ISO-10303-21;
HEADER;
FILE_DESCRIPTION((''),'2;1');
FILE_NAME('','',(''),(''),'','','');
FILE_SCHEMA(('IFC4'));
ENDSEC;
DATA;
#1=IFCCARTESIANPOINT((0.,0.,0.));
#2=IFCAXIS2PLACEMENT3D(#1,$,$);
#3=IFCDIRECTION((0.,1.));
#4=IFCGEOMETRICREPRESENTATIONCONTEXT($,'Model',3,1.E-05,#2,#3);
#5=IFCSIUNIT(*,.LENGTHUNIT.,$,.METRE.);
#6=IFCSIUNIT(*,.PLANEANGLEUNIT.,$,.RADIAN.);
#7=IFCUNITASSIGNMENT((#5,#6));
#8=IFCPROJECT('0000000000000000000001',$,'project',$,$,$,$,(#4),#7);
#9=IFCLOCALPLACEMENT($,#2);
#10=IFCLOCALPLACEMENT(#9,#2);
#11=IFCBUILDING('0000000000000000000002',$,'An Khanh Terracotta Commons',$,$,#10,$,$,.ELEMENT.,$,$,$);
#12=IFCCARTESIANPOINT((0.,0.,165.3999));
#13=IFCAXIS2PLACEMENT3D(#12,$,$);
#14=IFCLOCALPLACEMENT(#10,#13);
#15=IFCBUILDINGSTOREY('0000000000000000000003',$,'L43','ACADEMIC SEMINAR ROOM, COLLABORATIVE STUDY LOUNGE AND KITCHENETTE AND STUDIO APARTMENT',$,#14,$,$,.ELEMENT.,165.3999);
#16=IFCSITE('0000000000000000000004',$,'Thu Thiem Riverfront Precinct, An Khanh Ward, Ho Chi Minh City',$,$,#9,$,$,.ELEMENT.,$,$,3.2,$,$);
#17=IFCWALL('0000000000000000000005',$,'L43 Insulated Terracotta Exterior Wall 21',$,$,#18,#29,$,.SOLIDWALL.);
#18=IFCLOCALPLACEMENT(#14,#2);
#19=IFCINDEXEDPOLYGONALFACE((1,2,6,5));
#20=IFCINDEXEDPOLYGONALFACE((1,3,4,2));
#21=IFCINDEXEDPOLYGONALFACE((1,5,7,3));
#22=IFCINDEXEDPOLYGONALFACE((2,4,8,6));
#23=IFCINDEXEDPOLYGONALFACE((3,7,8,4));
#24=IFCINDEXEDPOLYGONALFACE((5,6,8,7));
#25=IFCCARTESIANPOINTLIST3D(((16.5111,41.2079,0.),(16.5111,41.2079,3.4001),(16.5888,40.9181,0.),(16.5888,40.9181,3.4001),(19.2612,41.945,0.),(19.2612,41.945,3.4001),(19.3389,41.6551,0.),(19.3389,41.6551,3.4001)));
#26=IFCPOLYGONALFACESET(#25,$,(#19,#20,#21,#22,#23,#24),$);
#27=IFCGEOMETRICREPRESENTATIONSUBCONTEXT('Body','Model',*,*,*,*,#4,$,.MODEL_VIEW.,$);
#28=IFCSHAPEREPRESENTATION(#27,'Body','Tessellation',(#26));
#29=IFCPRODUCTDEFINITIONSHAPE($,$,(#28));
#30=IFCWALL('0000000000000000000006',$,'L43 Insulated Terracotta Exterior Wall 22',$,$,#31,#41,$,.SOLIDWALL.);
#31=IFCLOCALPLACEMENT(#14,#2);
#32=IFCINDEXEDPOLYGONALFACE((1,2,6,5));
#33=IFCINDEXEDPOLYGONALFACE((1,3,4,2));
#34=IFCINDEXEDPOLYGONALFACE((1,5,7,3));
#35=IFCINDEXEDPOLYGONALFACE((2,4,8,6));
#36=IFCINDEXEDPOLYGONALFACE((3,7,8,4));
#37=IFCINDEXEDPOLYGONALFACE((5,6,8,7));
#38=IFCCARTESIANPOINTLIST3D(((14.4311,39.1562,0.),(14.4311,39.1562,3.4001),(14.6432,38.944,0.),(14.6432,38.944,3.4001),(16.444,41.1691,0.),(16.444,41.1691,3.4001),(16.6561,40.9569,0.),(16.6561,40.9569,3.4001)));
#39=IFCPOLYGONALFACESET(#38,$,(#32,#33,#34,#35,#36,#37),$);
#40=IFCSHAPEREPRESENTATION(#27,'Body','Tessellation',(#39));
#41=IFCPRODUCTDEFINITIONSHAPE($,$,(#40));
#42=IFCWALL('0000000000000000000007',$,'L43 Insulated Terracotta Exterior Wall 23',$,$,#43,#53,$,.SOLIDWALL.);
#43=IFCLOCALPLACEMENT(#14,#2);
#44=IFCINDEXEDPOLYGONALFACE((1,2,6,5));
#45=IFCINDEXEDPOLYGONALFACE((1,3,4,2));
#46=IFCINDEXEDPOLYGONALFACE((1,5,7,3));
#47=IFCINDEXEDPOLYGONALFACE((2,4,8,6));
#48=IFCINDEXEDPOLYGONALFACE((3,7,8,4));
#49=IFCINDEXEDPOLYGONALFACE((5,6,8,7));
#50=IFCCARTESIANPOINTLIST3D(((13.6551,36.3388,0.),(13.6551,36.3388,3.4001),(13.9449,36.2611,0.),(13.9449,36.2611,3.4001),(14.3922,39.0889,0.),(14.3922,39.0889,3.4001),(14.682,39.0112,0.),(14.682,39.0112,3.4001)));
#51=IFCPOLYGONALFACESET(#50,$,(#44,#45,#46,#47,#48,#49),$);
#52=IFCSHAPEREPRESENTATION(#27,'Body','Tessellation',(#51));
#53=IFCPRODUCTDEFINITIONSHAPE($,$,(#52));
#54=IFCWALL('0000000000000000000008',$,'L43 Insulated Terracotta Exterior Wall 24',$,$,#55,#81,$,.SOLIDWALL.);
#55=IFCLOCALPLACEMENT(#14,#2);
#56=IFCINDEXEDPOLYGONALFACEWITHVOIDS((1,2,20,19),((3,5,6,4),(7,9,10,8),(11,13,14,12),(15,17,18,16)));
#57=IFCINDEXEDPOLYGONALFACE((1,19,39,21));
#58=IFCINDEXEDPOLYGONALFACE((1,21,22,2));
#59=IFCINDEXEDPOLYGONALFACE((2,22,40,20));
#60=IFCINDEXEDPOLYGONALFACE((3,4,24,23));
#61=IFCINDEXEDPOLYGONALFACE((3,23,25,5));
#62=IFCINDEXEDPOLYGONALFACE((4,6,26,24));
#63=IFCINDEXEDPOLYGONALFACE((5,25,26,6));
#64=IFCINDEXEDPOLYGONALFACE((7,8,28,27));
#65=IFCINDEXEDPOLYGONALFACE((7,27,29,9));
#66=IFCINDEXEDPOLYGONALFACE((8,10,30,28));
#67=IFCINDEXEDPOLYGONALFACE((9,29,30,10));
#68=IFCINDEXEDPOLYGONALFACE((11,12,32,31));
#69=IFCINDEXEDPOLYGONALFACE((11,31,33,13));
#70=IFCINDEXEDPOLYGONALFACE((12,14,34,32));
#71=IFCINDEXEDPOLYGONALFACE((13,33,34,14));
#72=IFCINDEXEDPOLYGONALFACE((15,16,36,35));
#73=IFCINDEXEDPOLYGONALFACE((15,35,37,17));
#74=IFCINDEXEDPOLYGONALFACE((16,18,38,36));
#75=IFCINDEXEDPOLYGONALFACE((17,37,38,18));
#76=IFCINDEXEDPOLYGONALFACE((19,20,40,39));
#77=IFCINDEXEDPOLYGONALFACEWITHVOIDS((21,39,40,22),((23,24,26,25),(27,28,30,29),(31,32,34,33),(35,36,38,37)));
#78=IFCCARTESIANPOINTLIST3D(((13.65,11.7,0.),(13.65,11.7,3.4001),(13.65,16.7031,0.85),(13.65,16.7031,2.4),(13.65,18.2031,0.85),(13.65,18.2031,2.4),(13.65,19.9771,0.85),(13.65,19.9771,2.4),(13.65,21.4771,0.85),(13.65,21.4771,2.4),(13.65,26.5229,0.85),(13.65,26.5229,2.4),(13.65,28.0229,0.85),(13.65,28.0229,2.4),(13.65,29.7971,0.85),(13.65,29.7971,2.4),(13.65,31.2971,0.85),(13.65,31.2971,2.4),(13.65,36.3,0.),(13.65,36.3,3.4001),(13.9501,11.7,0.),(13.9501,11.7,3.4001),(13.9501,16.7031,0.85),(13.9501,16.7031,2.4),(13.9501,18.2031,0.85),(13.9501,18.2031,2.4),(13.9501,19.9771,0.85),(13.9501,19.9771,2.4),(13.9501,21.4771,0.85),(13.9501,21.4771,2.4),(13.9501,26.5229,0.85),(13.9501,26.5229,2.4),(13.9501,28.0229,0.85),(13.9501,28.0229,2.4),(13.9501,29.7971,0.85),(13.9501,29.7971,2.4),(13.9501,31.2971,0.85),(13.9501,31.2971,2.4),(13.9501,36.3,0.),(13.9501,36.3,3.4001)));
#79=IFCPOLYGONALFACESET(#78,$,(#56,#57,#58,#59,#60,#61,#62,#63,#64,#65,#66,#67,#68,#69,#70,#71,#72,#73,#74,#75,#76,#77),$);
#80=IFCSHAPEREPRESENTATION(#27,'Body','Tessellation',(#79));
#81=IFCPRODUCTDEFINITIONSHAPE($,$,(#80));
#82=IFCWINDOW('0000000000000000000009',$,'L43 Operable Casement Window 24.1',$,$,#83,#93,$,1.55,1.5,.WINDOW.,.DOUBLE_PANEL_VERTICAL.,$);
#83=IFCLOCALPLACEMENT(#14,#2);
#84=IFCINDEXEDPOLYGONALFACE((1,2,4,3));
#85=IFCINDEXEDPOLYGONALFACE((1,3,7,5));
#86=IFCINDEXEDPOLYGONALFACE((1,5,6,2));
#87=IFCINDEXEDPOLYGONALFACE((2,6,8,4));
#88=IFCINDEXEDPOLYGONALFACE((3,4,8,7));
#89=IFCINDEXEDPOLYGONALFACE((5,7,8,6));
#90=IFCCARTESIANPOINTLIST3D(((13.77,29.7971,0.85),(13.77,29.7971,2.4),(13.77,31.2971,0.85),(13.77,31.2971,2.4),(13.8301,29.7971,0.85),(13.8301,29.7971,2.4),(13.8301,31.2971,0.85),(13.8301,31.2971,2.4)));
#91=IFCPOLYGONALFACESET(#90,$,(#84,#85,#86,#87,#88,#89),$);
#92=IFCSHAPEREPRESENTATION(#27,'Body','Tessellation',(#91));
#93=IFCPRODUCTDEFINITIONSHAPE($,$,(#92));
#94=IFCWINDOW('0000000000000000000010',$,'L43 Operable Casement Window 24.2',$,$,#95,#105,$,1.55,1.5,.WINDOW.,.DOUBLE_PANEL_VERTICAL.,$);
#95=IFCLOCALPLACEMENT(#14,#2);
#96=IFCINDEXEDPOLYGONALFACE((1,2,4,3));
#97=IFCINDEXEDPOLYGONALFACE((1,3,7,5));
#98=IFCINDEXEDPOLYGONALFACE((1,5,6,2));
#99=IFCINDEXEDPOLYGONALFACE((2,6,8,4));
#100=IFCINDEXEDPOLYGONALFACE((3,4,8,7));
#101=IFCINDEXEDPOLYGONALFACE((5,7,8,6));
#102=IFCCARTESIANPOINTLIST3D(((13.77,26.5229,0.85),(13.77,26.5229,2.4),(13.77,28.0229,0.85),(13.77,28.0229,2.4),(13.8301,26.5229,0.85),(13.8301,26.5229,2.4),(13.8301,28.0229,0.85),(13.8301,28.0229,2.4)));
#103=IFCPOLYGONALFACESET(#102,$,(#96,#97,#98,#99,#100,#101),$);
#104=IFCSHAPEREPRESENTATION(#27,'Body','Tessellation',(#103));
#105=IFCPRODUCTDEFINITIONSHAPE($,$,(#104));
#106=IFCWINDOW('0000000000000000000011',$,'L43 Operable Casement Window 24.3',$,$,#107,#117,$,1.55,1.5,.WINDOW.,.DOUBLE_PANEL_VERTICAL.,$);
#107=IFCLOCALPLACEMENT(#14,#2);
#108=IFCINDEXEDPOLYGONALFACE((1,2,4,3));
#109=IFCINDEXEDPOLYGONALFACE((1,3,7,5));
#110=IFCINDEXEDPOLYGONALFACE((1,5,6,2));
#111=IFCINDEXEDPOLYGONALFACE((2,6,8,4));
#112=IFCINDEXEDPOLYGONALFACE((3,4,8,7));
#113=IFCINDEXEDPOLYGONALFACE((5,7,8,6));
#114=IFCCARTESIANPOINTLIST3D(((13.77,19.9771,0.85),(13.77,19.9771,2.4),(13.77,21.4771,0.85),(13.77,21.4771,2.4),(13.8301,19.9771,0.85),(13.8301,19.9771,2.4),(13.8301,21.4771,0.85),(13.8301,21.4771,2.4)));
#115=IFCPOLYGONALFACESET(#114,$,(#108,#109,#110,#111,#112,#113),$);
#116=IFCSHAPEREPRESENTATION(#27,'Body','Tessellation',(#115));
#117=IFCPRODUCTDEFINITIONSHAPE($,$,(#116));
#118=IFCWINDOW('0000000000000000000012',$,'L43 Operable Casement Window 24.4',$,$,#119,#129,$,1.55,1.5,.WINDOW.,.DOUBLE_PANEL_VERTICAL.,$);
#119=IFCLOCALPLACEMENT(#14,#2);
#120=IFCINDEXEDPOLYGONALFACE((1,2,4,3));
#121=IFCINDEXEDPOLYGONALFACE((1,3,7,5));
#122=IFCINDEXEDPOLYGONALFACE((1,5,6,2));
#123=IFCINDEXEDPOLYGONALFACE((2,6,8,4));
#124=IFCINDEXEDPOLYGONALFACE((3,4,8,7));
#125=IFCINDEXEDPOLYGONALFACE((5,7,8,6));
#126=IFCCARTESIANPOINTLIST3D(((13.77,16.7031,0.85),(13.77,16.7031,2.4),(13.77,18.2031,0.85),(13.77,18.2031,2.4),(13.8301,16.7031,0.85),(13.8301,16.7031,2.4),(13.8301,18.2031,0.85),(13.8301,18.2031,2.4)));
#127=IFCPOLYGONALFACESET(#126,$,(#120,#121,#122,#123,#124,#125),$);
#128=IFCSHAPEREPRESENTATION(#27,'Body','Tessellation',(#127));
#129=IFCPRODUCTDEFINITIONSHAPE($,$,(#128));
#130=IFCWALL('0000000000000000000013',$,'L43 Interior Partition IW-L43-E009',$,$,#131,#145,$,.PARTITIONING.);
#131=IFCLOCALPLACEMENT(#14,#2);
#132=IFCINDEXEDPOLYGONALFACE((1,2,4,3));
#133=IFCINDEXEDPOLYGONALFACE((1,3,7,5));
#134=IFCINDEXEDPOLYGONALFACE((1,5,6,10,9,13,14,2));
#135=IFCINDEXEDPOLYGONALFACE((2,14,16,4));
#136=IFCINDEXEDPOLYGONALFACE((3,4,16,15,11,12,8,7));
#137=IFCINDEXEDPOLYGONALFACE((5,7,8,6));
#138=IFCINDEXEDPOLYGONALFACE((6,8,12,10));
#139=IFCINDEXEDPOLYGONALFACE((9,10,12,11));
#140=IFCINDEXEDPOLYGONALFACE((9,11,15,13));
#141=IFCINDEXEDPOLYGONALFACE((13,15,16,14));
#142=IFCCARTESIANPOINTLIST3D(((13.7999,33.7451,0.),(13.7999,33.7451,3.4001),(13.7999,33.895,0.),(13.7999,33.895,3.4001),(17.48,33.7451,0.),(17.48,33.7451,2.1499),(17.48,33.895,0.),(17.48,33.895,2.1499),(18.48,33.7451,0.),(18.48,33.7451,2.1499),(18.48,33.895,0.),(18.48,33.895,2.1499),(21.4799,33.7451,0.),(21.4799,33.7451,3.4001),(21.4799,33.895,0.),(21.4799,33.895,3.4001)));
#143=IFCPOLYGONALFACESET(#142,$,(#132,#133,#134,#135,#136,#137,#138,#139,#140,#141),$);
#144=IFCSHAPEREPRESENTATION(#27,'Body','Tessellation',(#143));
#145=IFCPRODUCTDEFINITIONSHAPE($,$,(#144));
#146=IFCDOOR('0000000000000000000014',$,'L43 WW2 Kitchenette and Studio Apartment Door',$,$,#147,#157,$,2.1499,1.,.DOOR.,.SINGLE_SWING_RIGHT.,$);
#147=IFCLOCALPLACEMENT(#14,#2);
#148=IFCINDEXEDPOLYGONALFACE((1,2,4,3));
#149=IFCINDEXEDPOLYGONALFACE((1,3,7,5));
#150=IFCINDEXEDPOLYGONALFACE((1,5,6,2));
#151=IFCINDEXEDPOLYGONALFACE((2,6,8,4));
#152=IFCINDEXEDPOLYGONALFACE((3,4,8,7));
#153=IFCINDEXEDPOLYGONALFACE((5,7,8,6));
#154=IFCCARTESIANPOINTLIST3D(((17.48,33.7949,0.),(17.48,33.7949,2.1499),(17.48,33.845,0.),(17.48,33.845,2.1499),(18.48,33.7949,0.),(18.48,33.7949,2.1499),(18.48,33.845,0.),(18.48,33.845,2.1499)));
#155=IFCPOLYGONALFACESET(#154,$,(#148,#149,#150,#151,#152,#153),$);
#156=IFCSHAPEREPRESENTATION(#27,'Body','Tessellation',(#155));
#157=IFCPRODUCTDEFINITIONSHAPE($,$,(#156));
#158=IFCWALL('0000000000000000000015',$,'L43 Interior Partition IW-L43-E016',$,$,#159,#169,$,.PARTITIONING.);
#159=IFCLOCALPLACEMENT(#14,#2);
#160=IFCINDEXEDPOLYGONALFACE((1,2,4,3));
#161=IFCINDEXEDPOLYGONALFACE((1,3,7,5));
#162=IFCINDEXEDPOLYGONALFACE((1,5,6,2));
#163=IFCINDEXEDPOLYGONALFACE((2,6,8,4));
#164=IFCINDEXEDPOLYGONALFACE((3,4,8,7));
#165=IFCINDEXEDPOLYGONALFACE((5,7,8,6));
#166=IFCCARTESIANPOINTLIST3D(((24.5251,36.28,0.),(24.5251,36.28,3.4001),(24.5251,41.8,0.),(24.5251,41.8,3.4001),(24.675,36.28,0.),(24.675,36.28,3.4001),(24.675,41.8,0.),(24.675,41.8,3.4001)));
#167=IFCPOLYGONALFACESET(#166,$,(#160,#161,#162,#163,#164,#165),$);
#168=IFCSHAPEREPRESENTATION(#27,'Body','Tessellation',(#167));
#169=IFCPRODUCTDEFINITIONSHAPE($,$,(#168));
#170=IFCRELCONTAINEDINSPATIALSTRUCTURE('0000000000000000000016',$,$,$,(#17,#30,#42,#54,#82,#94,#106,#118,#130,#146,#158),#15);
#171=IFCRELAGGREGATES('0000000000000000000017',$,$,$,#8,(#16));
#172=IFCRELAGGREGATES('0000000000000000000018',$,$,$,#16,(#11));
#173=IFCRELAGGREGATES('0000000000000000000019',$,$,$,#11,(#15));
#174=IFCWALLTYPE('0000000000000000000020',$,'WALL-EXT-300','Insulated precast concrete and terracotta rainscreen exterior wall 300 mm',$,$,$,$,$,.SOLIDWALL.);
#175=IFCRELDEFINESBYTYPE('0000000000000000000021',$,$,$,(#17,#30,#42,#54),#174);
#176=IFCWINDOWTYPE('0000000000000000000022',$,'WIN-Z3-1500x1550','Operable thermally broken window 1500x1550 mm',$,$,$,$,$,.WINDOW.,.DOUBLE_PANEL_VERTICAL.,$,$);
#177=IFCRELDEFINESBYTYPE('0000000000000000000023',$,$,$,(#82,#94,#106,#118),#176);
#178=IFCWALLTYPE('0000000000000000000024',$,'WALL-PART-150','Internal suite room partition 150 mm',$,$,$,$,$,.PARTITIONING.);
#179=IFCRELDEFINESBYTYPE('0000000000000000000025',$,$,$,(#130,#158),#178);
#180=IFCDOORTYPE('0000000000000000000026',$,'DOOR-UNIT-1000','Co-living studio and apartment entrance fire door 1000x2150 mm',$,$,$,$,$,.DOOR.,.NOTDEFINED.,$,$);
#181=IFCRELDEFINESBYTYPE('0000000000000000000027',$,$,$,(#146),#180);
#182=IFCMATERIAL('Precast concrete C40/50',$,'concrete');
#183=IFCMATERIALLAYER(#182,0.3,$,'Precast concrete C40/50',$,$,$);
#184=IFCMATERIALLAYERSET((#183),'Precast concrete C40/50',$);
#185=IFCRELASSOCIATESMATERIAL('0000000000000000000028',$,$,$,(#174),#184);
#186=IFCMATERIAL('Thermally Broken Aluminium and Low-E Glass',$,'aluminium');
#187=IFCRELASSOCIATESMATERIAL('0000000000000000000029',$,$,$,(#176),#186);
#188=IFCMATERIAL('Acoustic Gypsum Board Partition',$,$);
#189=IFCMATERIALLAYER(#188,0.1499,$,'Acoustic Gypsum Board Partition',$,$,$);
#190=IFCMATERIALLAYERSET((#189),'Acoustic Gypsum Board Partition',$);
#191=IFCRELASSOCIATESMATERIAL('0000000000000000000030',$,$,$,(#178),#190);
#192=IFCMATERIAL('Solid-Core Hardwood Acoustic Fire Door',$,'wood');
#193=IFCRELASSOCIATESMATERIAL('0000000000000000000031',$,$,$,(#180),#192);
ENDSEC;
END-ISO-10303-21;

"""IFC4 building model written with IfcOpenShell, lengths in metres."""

from ifc_helpers import new_model, si_unit, direction, frame, frame_2d, origin, place, context, subcontext, project, spatial, rectangle, extrude, material, layer, layer_set, type_object, element, fill, save


model = new_model("IFC4")

# Units and contexts
model_context = context("Model", 3, precision=1e-05, world=origin(), true_north=direction((0.0, 1.0)))
body_context = subcontext(model_context, "Body", "Model", "MODEL_VIEW")
ifc_project = project(units=[si_unit("LENGTHUNIT", "METRE"), si_unit("PLANEANGLEUNIT", "RADIAN")], contexts=[model_context])

# Site, building, storey
site_placement = place(None, origin())
site = spatial("IfcSite", under=ifc_project, at=site_placement, Name="Thu Thiem Riverfront Precinct, An Khanh Ward, Ho Chi Minh City", CompositionType="ELEMENT", RefElevation=3.2)
building_placement = place(site_placement, origin())
building = spatial("IfcBuilding", under=site, at=building_placement, Name="An Khanh Terracotta Commons", CompositionType="ELEMENT")
storey_placement = place(building_placement, frame((0.0, 0.0, 165.3999)))
storey = spatial("IfcBuildingStorey", under=building, at=storey_placement, Name="L43", Description="ACADEMIC SEMINAR ROOM, COLLABORATIVE STUDY LOUNGE AND KITCHENETTE AND STUDIO APARTMENT", CompositionType="ELEMENT", Elevation=165.3999)

# Walls
ifc_material_1 = material(Name="Precast concrete C40/50", Category="concrete")
ifc_layer_1 = layer(ifc_material_1, 0.3, Name="Precast concrete C40/50")
ifc_layer_set_1 = layer_set([ifc_layer_1], Name="Precast concrete C40/50")
wall_type_1 = type_object("IfcWallType", Name="WALL-EXT-300", Description="Insulated precast concrete and terracotta rainscreen exterior wall 300 mm", PredefinedType="SOLIDWALL", material=ifc_layer_set_1)
wall_1_placement = place(storey_placement, frame((19.3, 41.8, 0.0), z_axis=(0.0, 0.0, 1.0), x_axis=(-0.965908, -0.258885, 0.0)))
element("IfcWall", 1, at=wall_1_placement, inside=storey, type_object=wall_type_1, Name="L43 Insulated Terracotta Exterior Wall 21", PredefinedType="SOLIDWALL", context=body_context, shape_type="SweptSolid", body=[
    extrude(rectangle(XDim=2.8472, YDim=0.3, at=frame_2d((1.4236, 0.0))), origin(), (0.0, 0.0, 1.0), 3.4001),
])
wall_2_placement = place(storey_placement, frame((16.55, 41.063, 0.0), z_axis=(0.0, 0.0, 1.0), x_axis=(-0.707107, -0.707107, 0.0)))
element("IfcWall", 2, at=wall_2_placement, inside=storey, type_object=wall_type_1, Name="L43 Insulated Terracotta Exterior Wall 22", PredefinedType="SOLIDWALL", context=body_context, shape_type="SweptSolid", body=[
    extrude(rectangle(XDim=2.8467, YDim=0.3, at=frame_2d((1.4233, 0.0))), origin(), (0.0, 0.0, 1.0), 3.4001),
])
wall_3_placement = place(storey_placement, frame((14.5371, 39.05, 0.0), z_axis=(0.0, 0.0, 1.0), x_axis=(-0.258885, -0.965908, 0.0)))
element("IfcWall", 3, at=wall_3_placement, inside=storey, type_object=wall_type_1, Name="L43 Insulated Terracotta Exterior Wall 23", PredefinedType="SOLIDWALL", context=body_context, shape_type="SweptSolid", body=[
    extrude(rectangle(XDim=2.8472, YDim=0.3, at=frame_2d((1.4236, 0.0))), origin(), (0.0, 0.0, 1.0), 3.4001),
])

# Wall, openings, windows
wall_4_placement = place(storey_placement, frame((13.8, 36.3, 0.0), z_axis=(0.0, 0.0, 1.0), x_axis=(0.0, -1.0, 0.0)))
wall_4 = element("IfcWall", 4, at=wall_4_placement, inside=storey, type_object=wall_type_1, Name="L43 Insulated Terracotta Exterior Wall 24", PredefinedType="SOLIDWALL", context=body_context, shape_type="SweptSolid", body=[
    extrude(rectangle(XDim=24.6001, YDim=0.3, at=frame_2d((12.3, 0.0))), origin(), (0.0, 0.0, 1.0), 3.4001),
])
opening_1_placement = place(wall_4_placement, frame((5.0029, 0.0, 0.8501)))
opening_1 = element("IfcOpeningElement", 5, at=opening_1_placement, cuts=wall_4, PredefinedType="OPENING", context=body_context, shape_type="SweptSolid", body=[
    extrude(rectangle(XDim=1.5, YDim=1.55, at=frame_2d((0.75, 0.7749))), frame((0.0, 0.1599, 0.0), z_axis=(0.0, -1.0, 0.0), x_axis=(1.0, 0.0, 0.0)), (0.0, 0.0, 1.0), 0.3201),
])
opening_2_placement = place(wall_4_placement, frame((8.2771, 0.0, 0.8501)))
opening_2 = element("IfcOpeningElement", 6, at=opening_2_placement, cuts=wall_4, PredefinedType="OPENING", context=body_context, shape_type="SweptSolid", body=[
    extrude(rectangle(XDim=1.5, YDim=1.55, at=frame_2d((0.75, 0.7749))), frame((0.0, 0.1599, 0.0), z_axis=(0.0, -1.0, 0.0), x_axis=(1.0, 0.0, 0.0)), (0.0, 0.0, 1.0), 0.3201),
])
opening_3_placement = place(wall_4_placement, frame((14.823, 0.0, 0.8501)))
opening_3 = element("IfcOpeningElement", 7, at=opening_3_placement, cuts=wall_4, PredefinedType="OPENING", context=body_context, shape_type="SweptSolid", body=[
    extrude(rectangle(XDim=1.5, YDim=1.55, at=frame_2d((0.75, 0.7749))), frame((0.0, 0.1599, 0.0), z_axis=(0.0, -1.0, 0.0), x_axis=(1.0, 0.0, 0.0)), (0.0, 0.0, 1.0), 0.3201),
])
opening_4_placement = place(wall_4_placement, frame((18.0969, 0.0, 0.8501)))
opening_4 = element("IfcOpeningElement", 8, at=opening_4_placement, cuts=wall_4, PredefinedType="OPENING", context=body_context, shape_type="SweptSolid", body=[
    extrude(rectangle(XDim=1.5, YDim=1.55, at=frame_2d((0.75, 0.7749))), frame((0.0, 0.1599, 0.0), z_axis=(0.0, -1.0, 0.0), x_axis=(1.0, 0.0, 0.0)), (0.0, 0.0, 1.0), 0.3201),
])
ifc_material_2 = material(Name="Thermally Broken Aluminium and Low-E Glass", Category="aluminium")
window_type = type_object("IfcWindowType", Name="WIN-Z3-1500x1550", Description="Operable thermally broken window 1500x1550 mm", PartitioningType="DOUBLE_PANEL_VERTICAL", PredefinedType="WINDOW", material=ifc_material_2)
window_1_placement = place(opening_1_placement, origin())
window_1 = element("IfcWindow", 9, at=window_1_placement, inside=storey, type_object=window_type, Name="L43 Operable Casement Window 24.1", OverallHeight=1.55, OverallWidth=1.5, PartitioningType="DOUBLE_PANEL_VERTICAL", PredefinedType="WINDOW", context=body_context, shape_type="SweptSolid", body=[
    extrude(rectangle(XDim=1.5, YDim=1.55, at=frame_2d((0.75, 0.7749))), frame((0.0, 0.03, 0.0), z_axis=(0.0, -1.0, 0.0), x_axis=(1.0, 0.0, 0.0)), (0.0, 0.0, 1.0), 0.0601),
])
fill(opening_1, window_1)
window_2_placement = place(opening_2_placement, origin())
window_2 = element("IfcWindow", 10, at=window_2_placement, inside=storey, type_object=window_type, Name="L43 Operable Casement Window 24.2", OverallHeight=1.55, OverallWidth=1.5, PartitioningType="DOUBLE_PANEL_VERTICAL", PredefinedType="WINDOW", context=body_context, shape_type="SweptSolid", body=[
    extrude(rectangle(XDim=1.5, YDim=1.55, at=frame_2d((0.75, 0.7749))), frame((0.0, 0.03, 0.0), z_axis=(0.0, -1.0, 0.0), x_axis=(1.0, 0.0, 0.0)), (0.0, 0.0, 1.0), 0.0601),
])
fill(opening_2, window_2)
window_3_placement = place(opening_3_placement, origin())
window_3 = element("IfcWindow", 11, at=window_3_placement, inside=storey, type_object=window_type, Name="L43 Operable Casement Window 24.3", OverallHeight=1.55, OverallWidth=1.5, PartitioningType="DOUBLE_PANEL_VERTICAL", PredefinedType="WINDOW", context=body_context, shape_type="SweptSolid", body=[
    extrude(rectangle(XDim=1.5, YDim=1.55, at=frame_2d((0.75, 0.7749))), frame((0.0, 0.03, 0.0), z_axis=(0.0, -1.0, 0.0), x_axis=(1.0, 0.0, 0.0)), (0.0, 0.0, 1.0), 0.0601),
])
fill(opening_3, window_3)
window_4_placement = place(opening_4_placement, origin())
window_4 = element("IfcWindow", 12, at=window_4_placement, inside=storey, type_object=window_type, Name="L43 Operable Casement Window 24.4", OverallHeight=1.55, OverallWidth=1.5, PartitioningType="DOUBLE_PANEL_VERTICAL", PredefinedType="WINDOW", context=body_context, shape_type="SweptSolid", body=[
    extrude(rectangle(XDim=1.5, YDim=1.55, at=frame_2d((0.75, 0.7749))), frame((0.0, 0.03, 0.0), z_axis=(0.0, -1.0, 0.0), x_axis=(1.0, 0.0, 0.0)), (0.0, 0.0, 1.0), 0.0601),
])
fill(opening_4, window_4)

# Wall, opening, door
ifc_material_3 = material(Name="Acoustic Gypsum Board Partition")
ifc_layer_2 = layer(ifc_material_3, 0.1499, Name="Acoustic Gypsum Board Partition")
ifc_layer_set_2 = layer_set([ifc_layer_2], Name="Acoustic Gypsum Board Partition")
wall_type_2 = type_object("IfcWallType", Name="WALL-PART-150", Description="Internal suite room partition 150 mm", PredefinedType="PARTITIONING", material=ifc_layer_set_2)
wall_5_placement = place(storey_placement, frame((13.8, 33.8201, 0.0), z_axis=(0.0, 0.0, 1.0), x_axis=(1.0, 0.0, 0.0)))
wall_5 = element("IfcWall", 13, at=wall_5_placement, inside=storey, type_object=wall_type_2, Name="L43 Interior Partition IW-L43-E009", PredefinedType="PARTITIONING", context=body_context, shape_type="SweptSolid", body=[
    extrude(rectangle(XDim=7.6799, YDim=0.1499, at=frame_2d((3.8398, 0.0))), origin(), (0.0, 0.0, 1.0), 3.4001),
])
opening_5_placement = place(wall_5_placement, frame((3.6799, 0.0, 0.0)))
opening_5 = element("IfcOpeningElement", 14, at=opening_5_placement, cuts=wall_5, PredefinedType="OPENING", context=body_context, shape_type="SweptSolid", body=[
    extrude(rectangle(XDim=1.0, YDim=2.1499, at=frame_2d((0.5, 1.075))), frame((0.0, 0.085, 0.0), z_axis=(0.0, -1.0, 0.0), x_axis=(1.0, 0.0, 0.0)), (0.0, 0.0, 1.0), 0.1699),
])
ifc_material_4 = material(Name="Solid-Core Hardwood Acoustic Fire Door", Category="wood")
door_type_1 = type_object("IfcDoorType", Name="DOOR-UNIT-1000", Description="Co-living studio and apartment entrance fire door 1000x2150 mm", OperationType="NOTDEFINED", PredefinedType="DOOR", material=ifc_material_4)
door_1_placement = place(opening_5_placement, origin())
door_1 = element("IfcDoor", 15, at=door_1_placement, inside=storey, type_object=door_type_1, Name="L43 WW2 Kitchenette and Studio Apartment Door", OperationType="SINGLE_SWING_RIGHT", OverallHeight=2.1499, OverallWidth=1.0, PredefinedType="DOOR", context=body_context, shape_type="SweptSolid", body=[
    extrude(rectangle(XDim=1.0, YDim=2.1499, at=frame_2d((0.5, 1.075))), frame((0.0, 0.0249, 0.0), z_axis=(0.0, -1.0, 0.0), x_axis=(1.0, 0.0, 0.0)), (0.0, 0.0, 1.0), 0.05),
])
fill(opening_5, door_1)

# Wall
wall_6_placement = place(storey_placement, frame((24.6001, 36.28, 0.0), z_axis=(0.0, 0.0, 1.0), x_axis=(0.0, 1.0, 0.0)))
element("IfcWall", 16, at=wall_6_placement, inside=storey, type_object=wall_type_2, Name="L43 Interior Partition IW-L43-E016", PredefinedType="PARTITIONING", context=body_context, shape_type="SweptSolid", body=[
    extrude(rectangle(XDim=5.52, YDim=0.1499, at=frame_2d((2.76, 0.0))), origin(), (0.0, 0.0, 1.0), 3.4001),
])

save(model, "model.ifc")
